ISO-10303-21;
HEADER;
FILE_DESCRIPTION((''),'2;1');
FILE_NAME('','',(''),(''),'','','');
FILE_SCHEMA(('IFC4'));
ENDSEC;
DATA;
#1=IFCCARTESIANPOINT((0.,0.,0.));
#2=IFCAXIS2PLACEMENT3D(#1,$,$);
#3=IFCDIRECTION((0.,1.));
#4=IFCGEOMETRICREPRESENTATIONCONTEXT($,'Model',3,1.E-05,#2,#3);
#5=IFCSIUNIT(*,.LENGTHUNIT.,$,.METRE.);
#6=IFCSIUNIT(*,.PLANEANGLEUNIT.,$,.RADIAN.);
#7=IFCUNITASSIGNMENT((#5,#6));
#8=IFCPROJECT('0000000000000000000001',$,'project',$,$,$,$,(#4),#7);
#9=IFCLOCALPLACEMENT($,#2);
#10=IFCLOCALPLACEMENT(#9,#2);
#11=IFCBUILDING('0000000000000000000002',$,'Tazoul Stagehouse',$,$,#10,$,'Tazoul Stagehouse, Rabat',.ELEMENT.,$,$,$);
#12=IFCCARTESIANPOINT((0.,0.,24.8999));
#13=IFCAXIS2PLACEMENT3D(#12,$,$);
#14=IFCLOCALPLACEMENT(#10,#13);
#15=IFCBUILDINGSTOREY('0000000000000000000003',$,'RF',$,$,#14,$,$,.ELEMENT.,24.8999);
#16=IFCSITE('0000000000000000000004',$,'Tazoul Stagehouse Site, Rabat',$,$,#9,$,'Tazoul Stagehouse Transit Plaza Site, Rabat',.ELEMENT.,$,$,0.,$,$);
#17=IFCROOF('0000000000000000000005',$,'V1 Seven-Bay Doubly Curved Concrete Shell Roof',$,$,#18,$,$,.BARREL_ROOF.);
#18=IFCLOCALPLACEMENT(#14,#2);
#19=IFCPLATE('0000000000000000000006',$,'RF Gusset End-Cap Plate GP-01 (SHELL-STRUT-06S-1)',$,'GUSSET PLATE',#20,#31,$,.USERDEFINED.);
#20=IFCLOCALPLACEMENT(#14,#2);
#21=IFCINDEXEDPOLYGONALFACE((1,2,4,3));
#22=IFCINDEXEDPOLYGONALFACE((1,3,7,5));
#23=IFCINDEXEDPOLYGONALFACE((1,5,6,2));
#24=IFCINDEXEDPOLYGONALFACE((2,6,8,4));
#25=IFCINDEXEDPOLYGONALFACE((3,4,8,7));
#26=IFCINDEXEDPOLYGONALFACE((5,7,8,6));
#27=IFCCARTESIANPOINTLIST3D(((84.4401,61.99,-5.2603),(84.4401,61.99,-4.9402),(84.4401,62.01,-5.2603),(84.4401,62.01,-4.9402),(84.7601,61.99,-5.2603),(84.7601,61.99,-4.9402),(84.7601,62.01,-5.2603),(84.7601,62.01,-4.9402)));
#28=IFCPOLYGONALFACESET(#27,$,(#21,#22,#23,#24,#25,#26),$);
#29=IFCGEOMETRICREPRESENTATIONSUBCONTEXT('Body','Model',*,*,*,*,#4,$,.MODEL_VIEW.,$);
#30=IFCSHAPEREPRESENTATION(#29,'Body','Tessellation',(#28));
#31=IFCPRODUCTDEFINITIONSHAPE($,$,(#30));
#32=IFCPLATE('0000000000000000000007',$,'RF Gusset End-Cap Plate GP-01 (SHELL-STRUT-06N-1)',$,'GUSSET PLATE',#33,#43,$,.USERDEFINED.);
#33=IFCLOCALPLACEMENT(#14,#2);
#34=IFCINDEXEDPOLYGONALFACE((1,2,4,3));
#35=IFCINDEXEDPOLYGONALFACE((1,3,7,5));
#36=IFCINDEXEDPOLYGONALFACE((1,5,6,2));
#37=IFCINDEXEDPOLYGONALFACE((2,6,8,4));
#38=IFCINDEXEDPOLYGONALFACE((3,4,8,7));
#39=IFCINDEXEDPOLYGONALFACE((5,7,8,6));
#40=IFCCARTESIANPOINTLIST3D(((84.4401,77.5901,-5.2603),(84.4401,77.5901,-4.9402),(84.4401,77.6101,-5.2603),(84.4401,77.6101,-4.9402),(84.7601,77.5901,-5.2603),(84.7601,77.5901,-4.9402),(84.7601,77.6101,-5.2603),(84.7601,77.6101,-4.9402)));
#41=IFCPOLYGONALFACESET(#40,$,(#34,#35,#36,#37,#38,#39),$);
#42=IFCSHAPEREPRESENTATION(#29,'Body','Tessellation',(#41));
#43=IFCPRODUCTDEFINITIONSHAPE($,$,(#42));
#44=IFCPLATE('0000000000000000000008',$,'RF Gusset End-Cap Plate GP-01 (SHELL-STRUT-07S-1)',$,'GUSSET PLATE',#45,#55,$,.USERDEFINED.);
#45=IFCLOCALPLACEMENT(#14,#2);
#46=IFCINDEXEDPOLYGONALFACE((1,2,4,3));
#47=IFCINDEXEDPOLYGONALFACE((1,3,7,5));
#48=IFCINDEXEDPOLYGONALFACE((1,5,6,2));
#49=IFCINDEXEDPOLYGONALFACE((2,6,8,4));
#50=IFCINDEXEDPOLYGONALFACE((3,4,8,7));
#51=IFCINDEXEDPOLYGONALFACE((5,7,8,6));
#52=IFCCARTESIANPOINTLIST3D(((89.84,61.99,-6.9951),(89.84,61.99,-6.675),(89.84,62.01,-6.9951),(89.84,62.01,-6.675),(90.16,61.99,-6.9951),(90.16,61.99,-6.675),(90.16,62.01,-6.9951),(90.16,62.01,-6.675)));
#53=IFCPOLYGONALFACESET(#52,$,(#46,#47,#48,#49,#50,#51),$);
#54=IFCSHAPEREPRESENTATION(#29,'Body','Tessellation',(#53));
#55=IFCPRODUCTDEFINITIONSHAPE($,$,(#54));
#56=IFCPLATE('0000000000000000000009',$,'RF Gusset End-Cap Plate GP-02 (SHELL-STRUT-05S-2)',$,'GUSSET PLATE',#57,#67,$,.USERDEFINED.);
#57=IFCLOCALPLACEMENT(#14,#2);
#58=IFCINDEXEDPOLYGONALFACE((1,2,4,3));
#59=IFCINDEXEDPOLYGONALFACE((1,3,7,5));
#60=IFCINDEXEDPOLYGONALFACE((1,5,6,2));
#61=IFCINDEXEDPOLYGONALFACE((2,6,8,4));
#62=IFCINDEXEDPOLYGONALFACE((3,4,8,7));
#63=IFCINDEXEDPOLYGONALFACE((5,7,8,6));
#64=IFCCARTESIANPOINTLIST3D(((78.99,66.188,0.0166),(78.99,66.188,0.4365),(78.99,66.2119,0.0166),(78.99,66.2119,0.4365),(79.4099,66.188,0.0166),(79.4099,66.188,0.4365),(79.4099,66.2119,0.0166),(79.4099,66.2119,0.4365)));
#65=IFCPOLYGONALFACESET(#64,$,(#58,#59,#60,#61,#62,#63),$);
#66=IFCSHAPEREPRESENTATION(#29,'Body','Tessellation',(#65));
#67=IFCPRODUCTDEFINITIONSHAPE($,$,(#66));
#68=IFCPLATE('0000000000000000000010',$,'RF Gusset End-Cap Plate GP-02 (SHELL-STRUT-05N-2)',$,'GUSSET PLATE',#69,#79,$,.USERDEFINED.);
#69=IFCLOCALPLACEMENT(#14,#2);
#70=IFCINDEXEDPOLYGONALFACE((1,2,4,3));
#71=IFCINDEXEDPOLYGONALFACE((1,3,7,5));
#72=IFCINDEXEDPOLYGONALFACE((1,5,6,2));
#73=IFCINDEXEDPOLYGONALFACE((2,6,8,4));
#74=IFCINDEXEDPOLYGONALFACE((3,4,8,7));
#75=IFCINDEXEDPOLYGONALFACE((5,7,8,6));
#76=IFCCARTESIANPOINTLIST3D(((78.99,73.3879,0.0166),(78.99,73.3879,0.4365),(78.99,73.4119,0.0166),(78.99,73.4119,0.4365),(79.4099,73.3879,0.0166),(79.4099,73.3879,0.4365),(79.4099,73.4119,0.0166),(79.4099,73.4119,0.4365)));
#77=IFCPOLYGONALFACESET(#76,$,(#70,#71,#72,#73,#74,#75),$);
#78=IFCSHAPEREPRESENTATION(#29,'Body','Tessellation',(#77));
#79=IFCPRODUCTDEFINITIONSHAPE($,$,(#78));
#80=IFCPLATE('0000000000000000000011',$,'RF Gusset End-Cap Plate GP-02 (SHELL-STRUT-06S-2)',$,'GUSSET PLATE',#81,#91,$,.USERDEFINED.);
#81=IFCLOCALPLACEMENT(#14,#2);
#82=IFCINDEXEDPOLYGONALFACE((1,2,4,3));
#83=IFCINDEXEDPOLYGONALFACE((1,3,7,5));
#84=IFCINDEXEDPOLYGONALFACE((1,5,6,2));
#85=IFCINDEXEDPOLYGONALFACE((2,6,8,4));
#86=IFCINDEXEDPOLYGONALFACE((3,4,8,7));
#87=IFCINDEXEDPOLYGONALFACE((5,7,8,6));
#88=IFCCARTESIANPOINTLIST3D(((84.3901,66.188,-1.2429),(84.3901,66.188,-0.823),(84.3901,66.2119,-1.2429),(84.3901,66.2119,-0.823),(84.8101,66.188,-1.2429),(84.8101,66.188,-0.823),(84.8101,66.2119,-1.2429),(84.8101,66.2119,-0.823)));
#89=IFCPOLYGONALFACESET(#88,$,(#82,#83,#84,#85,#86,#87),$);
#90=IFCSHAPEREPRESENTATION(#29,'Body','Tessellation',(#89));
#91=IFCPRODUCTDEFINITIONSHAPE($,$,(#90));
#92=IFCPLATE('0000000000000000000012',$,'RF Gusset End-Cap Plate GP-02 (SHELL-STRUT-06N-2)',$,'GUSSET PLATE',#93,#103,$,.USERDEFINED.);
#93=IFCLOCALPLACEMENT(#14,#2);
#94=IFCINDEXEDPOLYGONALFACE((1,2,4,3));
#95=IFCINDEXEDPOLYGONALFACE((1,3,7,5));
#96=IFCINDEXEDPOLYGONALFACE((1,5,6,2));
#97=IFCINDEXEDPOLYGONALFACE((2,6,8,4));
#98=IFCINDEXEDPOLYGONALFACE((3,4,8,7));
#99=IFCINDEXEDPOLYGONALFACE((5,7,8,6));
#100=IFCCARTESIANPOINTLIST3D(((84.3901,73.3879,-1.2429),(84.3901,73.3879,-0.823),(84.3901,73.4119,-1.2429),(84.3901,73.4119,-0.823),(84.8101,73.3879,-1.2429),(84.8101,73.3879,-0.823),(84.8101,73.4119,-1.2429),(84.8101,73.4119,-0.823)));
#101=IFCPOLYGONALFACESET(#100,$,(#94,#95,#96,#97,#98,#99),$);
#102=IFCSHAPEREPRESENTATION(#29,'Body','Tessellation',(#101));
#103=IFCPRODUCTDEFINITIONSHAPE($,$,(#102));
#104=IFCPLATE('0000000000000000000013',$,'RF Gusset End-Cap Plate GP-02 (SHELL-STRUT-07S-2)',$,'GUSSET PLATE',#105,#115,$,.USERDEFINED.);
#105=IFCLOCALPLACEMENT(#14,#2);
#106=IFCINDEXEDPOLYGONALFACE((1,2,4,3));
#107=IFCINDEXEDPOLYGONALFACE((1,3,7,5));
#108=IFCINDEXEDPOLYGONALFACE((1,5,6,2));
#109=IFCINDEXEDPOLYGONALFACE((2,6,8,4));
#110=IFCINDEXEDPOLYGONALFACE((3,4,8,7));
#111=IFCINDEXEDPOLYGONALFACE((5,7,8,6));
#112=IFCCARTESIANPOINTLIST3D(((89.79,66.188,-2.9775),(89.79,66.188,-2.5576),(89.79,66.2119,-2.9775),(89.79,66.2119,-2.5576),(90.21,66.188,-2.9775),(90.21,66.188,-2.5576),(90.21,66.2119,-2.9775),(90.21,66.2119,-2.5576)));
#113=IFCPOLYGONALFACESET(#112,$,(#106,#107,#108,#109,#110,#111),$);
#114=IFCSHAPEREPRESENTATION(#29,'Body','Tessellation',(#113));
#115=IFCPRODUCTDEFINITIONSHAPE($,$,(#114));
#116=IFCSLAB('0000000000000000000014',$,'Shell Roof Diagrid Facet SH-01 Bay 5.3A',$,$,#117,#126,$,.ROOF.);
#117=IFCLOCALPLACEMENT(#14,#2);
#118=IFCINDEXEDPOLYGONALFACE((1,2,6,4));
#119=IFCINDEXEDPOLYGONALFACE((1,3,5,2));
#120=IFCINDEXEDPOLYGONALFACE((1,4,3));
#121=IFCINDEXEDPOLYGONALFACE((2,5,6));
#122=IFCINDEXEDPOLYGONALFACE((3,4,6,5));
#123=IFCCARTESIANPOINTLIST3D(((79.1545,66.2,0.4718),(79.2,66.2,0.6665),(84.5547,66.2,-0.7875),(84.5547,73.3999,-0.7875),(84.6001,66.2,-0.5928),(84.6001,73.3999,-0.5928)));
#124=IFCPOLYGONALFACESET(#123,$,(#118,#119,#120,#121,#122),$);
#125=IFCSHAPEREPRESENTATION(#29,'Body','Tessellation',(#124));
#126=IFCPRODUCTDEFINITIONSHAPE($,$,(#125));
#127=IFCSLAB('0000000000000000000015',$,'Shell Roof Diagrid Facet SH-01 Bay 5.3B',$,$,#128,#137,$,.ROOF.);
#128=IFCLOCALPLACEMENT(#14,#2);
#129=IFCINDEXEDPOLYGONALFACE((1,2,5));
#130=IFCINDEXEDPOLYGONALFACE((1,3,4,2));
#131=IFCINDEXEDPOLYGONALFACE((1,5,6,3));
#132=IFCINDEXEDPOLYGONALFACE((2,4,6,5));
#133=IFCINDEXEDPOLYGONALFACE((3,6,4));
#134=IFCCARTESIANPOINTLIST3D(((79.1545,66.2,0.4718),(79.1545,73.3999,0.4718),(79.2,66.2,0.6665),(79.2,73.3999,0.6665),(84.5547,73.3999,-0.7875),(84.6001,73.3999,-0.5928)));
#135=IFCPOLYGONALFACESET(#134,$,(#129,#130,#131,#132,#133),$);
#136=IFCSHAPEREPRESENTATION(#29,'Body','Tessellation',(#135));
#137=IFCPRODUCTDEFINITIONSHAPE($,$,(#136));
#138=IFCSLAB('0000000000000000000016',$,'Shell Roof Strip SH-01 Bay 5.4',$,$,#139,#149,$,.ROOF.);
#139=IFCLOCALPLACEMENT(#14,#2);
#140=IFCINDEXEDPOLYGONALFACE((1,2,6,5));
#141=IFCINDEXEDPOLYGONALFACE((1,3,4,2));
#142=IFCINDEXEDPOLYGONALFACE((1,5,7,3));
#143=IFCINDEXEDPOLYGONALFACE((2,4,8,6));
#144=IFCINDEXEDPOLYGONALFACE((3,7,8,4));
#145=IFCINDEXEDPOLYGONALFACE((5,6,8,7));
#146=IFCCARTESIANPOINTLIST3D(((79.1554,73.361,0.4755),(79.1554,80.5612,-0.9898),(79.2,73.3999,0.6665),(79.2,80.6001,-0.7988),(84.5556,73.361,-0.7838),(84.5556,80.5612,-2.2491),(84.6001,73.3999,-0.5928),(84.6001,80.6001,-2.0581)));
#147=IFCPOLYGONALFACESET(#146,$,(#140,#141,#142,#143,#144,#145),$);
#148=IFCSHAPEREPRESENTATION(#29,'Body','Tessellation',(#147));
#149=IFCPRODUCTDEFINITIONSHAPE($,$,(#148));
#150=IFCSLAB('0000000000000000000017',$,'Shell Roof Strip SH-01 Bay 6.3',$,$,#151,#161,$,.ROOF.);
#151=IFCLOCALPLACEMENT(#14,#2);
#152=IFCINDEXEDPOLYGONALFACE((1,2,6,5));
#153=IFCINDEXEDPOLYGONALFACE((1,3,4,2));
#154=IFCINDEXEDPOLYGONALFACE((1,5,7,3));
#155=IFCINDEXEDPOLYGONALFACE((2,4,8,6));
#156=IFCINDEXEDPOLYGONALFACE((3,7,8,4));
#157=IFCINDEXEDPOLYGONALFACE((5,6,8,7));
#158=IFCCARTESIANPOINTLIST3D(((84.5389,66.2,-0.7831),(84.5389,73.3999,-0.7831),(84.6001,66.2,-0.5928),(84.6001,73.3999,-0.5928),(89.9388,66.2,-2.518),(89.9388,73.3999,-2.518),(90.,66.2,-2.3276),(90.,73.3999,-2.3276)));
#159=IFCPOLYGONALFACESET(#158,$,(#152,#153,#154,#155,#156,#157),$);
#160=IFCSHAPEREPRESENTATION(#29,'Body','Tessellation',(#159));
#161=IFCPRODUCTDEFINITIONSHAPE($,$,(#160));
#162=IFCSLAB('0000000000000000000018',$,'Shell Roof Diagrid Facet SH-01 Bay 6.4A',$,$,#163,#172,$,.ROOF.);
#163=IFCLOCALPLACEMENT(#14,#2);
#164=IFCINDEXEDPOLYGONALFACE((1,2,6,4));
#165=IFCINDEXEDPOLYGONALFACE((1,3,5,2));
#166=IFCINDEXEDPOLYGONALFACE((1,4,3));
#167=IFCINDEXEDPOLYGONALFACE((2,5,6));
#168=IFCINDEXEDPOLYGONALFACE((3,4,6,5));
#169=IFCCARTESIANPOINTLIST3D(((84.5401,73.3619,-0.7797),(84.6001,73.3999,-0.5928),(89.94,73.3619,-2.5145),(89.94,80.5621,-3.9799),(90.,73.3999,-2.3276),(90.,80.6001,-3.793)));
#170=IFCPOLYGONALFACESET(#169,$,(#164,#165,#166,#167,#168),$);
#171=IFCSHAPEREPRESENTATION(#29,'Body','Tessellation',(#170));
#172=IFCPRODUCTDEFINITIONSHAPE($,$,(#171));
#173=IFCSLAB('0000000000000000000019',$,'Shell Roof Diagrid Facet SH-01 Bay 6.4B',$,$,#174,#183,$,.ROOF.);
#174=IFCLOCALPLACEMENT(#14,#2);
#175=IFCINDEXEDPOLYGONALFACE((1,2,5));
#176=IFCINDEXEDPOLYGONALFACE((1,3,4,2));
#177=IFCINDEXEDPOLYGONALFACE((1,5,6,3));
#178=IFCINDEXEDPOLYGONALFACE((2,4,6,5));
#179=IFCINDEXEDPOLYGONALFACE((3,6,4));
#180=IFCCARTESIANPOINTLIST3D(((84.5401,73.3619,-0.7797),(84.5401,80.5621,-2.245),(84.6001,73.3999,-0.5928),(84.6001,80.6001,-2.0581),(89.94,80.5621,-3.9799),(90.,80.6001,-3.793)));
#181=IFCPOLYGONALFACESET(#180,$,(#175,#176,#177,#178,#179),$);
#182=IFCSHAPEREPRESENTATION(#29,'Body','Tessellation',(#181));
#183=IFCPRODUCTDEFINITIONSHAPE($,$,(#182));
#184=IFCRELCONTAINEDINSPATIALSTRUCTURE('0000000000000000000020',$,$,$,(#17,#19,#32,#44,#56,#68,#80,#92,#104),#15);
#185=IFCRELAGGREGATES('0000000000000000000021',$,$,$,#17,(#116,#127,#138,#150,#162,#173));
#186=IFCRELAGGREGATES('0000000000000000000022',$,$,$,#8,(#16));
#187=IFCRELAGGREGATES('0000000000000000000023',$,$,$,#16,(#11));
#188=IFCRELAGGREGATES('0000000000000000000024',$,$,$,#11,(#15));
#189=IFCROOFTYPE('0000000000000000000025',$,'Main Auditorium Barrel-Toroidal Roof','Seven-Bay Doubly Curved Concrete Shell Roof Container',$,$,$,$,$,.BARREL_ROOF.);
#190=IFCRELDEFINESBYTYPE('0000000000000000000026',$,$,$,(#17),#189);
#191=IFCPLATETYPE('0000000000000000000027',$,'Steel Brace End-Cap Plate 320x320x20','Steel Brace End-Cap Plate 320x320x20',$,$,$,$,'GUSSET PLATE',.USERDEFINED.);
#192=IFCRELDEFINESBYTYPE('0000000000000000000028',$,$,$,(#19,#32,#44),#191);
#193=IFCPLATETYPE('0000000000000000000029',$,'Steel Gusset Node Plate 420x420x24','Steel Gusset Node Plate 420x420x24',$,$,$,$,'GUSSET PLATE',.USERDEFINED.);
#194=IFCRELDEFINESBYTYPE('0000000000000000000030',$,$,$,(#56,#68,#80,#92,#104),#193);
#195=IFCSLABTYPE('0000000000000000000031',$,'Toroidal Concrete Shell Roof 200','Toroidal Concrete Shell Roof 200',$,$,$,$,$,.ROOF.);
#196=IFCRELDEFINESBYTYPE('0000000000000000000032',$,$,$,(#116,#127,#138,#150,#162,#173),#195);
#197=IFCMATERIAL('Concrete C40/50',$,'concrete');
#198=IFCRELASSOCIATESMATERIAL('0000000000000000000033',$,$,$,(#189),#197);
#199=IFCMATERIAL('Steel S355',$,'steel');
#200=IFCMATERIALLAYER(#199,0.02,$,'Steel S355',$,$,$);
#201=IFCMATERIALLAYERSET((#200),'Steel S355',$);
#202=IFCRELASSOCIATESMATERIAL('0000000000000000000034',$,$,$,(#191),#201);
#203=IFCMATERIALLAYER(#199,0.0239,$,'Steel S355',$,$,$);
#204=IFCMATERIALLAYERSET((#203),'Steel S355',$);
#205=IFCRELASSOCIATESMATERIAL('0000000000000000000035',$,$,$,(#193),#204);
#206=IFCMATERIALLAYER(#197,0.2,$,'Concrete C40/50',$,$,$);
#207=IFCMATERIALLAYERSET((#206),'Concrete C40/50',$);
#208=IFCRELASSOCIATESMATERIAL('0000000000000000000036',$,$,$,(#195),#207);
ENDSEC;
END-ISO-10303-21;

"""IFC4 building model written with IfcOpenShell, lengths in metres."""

from ifc_helpers import new_model, si_unit, direction, frame, origin, origin_2d, place, context, subcontext, project, spatial, polyline, rectangle, outline, extrude, material, layer, layer_set, type_object, element, aggregate, save


model = new_model("IFC4")

# Units and contexts
model_context = context("Model", 3, precision=1e-05, world=origin(), true_north=direction((0.0, 1.0)))
body_context = subcontext(model_context, "Body", "Model", "MODEL_VIEW")
ifc_project = project(units=[si_unit("LENGTHUNIT", "METRE"), si_unit("PLANEANGLEUNIT", "RADIAN")], contexts=[model_context])

# Site, building, storey
site_placement = place(None, origin())
site = spatial("IfcSite", under=ifc_project, at=site_placement, Name="Tazoul Stagehouse Site, Rabat", LongName="Tazoul Stagehouse Transit Plaza Site, Rabat", CompositionType="ELEMENT", RefElevation=0.0)
building_placement = place(site_placement, origin())
building = spatial("IfcBuilding", under=site, at=building_placement, Name="Tazoul Stagehouse", LongName="Tazoul Stagehouse, Rabat", CompositionType="ELEMENT")
storey_placement = place(building_placement, frame((0.0, 0.0, 24.8999)))
storey = spatial("IfcBuildingStorey", under=building, at=storey_placement, Name="RF", CompositionType="ELEMENT", Elevation=24.8999)

# Shared definitions
ifc_material_1 = material(Name="Concrete C40/50", Category="concrete")

# Shared definitions
ifc_material_2 = material(Name="Steel S355", Category="steel")

# Roof
roof_type = type_object("IfcRoofType", Name="Main Auditorium Barrel-Toroidal Roof", Description="Seven-Bay Doubly Curved Concrete Shell Roof Container", PredefinedType="BARREL_ROOF", material=ifc_material_1)
roof_placement = place(storey_placement, origin())
roof = element("IfcRoof", 1, at=roof_placement, inside=storey, type_object=roof_type, Name="V1 Seven-Bay Doubly Curved Concrete Shell Roof", PredefinedType="BARREL_ROOF")

# Plates
ifc_layer_1 = layer(ifc_material_2, 0.02, Name="Steel S355")
ifc_layer_set_1 = layer_set([ifc_layer_1], Name="Steel S355")
plate_type_1 = type_object("IfcPlateType", Name="Steel Brace End-Cap Plate 320x320x20", Description="Steel Brace End-Cap Plate 320x320x20", ElementType="GUSSET PLATE", PredefinedType="USERDEFINED", material=ifc_layer_set_1)
for number, where, z_axis, x_axis, name in (
    (2, (84.6001, 62.0, -5.2603), (0.0, 0.0, 1.0), (0.0, 1.0, 0.0), "RF Gusset End-Cap Plate GP-01 (SHELL-STRUT-06S-1)"),
    (3, (84.6001, 77.6001, -5.2603), (0.0, 0.0, 1.0), (0.0, -1.0, 0.0), "RF Gusset End-Cap Plate GP-01 (SHELL-STRUT-06N-1)"),
    (4, (90.0, 62.0, -6.9951), (0.0, 0.0, 1.0), (0.0, 1.0, 0.0), "RF Gusset End-Cap Plate GP-01 (SHELL-STRUT-07S-1)"),
):
    element("IfcPlate", number, at=place(storey_placement, frame(where, z_axis=z_axis, x_axis=x_axis)), inside=storey, type_object=plate_type_1, Name=name, ObjectType="GUSSET PLATE", PredefinedType="USERDEFINED", context=body_context, shape_type="SweptSolid", body=[
        extrude(rectangle(XDim=0.02, YDim=0.3201, at=origin_2d()), origin(), (0.0, 0.0, 1.0), 0.3201),
    ])
ifc_layer_2 = layer(ifc_material_2, 0.0239, Name="Steel S355")
ifc_layer_set_2 = layer_set([ifc_layer_2], Name="Steel S355")
plate_type_2 = type_object("IfcPlateType", Name="Steel Gusset Node Plate 420x420x24", Description="Steel Gusset Node Plate 420x420x24", ElementType="GUSSET PLATE", PredefinedType="USERDEFINED", material=ifc_layer_set_2)
for number, where, z_axis, x_axis, name in (
    (5, (79.2, 66.2, 0.0166), (0.0, 0.0, 1.0), (0.0, 1.0, 0.0), "RF Gusset End-Cap Plate GP-02 (SHELL-STRUT-05S-2)"),
    (6, (79.2, 73.3999, 0.0166), (0.0, 0.0, 1.0), (0.0, -1.0, 0.0), "RF Gusset End-Cap Plate GP-02 (SHELL-STRUT-05N-2)"),
    (7, (84.6001, 66.2, -1.2429), (0.0, 0.0, 1.0), (0.0, 1.0, 0.0), "RF Gusset End-Cap Plate GP-02 (SHELL-STRUT-06S-2)"),
    (8, (84.6001, 73.3999, -1.2429), (0.0, 0.0, 1.0), (0.0, -1.0, 0.0), "RF Gusset End-Cap Plate GP-02 (SHELL-STRUT-06N-2)"),
    (9, (90.0, 66.2, -2.9775), (0.0, 0.0, 1.0), (0.0, 1.0, 0.0), "RF Gusset End-Cap Plate GP-02 (SHELL-STRUT-07S-2)"),
):
    element("IfcPlate", number, at=place(storey_placement, frame(where, z_axis=z_axis, x_axis=x_axis)), inside=storey, type_object=plate_type_2, Name=name, ObjectType="GUSSET PLATE", PredefinedType="USERDEFINED", context=body_context, shape_type="SweptSolid", body=[
        extrude(rectangle(XDim=0.0239, YDim=0.4199, at=origin_2d()), origin(), (0.0, 0.0, 1.0), 0.4199),
    ])

# Slabs
ifc_layer_3 = layer(ifc_material_1, 0.2, Name="Concrete C40/50")
ifc_layer_set_3 = layer_set([ifc_layer_3], Name="Concrete C40/50")
slab_type_1 = type_object("IfcSlabType", Name="Toroidal Concrete Shell Roof 200", Description="Toroidal Concrete Shell Roof 200", PredefinedType="ROOF", material=ifc_layer_set_3)
slab_1_placement = place(storey_placement, frame((79.2, 66.2, 0.6665), z_axis=(0.2271, 0.0, 0.973871), x_axis=(0.973871, 0.0, -0.2271)))
slab_1 = element("IfcSlab", 10, at=slab_1_placement, type_object=slab_type_1, Name="Shell Roof Diagrid Facet SH-01 Bay 5.3A", PredefinedType="ROOF", context=body_context, shape_type="SweptSolid", body=[
    extrude(outline(polyline([(0.0, 0.0), (5.545, 0.0), (5.545, 7.2), (0.0, 0.0)])), origin(), (0.0, 0.0, -1.0), 0.2),
])
slab_2_placement = place(storey_placement, frame((79.2, 66.2, 0.6665), z_axis=(0.2271, 0.0, 0.973871), x_axis=(0.594225, 0.792273, -0.138569)))
slab_2 = element("IfcSlab", 11, at=slab_2_placement, type_object=slab_type_1, Name="Shell Roof Diagrid Facet SH-01 Bay 5.3B", PredefinedType="ROOF", context=body_context, shape_type="SweptSolid", body=[
    extrude(outline(polyline([(0.0, 0.0), (9.0877, 0.0), (5.7043, 4.3932), (0.0, 0.0)])), origin(), (0.0, 0.0, -1.0), 0.2),
])
slab_3_placement = place(storey_placement, frame((79.2, 73.3999, 0.6665), z_axis=(0.222767, 0.194414, 0.95529), x_axis=(0.973871, 0.0, -0.2271)))
slab_3 = element("IfcSlab", 12, at=slab_3_placement, type_object=slab_type_1, Name="Shell Roof Strip SH-01 Bay 5.4", PredefinedType="ROOF", context=body_context, shape_type="SweptSolid", body=[
    extrude(outline(polyline([(0.0, 0.0), (5.545, 0.0), (5.8778, 7.3402), (0.3328, 7.3402), (0.0, 0.0)])), origin(), (0.0, 0.0, -1.0), 0.2),
])
slab_4_placement = place(storey_placement, frame((84.6001, 66.2, -0.5928), z_axis=(0.305878, 0.0, 0.952071), x_axis=(0.952071, 0.0, -0.305878)))
slab_4 = element("IfcSlab", 13, at=slab_4_placement, type_object=slab_type_1, Name="Shell Roof Strip SH-01 Bay 6.3", PredefinedType="ROOF", context=body_context, shape_type="SweptSolid", body=[
    extrude(outline(polyline([(0.0, 0.0), (5.6717, 0.0), (5.6717, 7.2), (0.0, 7.2), (0.0, 0.0)])), origin(), (0.0, 0.0, -1.0), 0.2),
])
slab_5_placement = place(storey_placement, frame((84.6001, 73.3999, -0.5928), z_axis=(0.300293, 0.190221, 0.934687), x_axis=(0.952071, 0.0, -0.305878)))
slab_5 = element("IfcSlab", 14, at=slab_5_placement, type_object=slab_type_1, Name="Shell Roof Diagrid Facet SH-01 Bay 6.4A", PredefinedType="ROOF", context=body_context, shape_type="SweptSolid", body=[
    extrude(outline(polyline([(0.0, 0.0), (5.6717, 0.0), (6.12, 7.3341), (0.0, 0.0)])), origin(), (0.0, 0.0, -1.0), 0.2),
])
slab_6_placement = place(storey_placement, frame((84.6001, 73.3999, -0.5928), z_axis=(0.300293, 0.190221, 0.934687), x_axis=(0.565309, 0.75378, -0.335025)))
slab_6 = element("IfcSlab", 15, at=slab_6_placement, type_object=slab_type_1, Name="Shell Roof Diagrid Facet SH-01 Bay 6.4B", PredefinedType="ROOF", context=body_context, shape_type="SweptSolid", body=[
    extrude(outline(polyline([(0.0, 0.0), (9.5521, 0.0), (5.9183, 4.3548), (0.0, 0.0)])), origin(), (0.0, 0.0, -1.0), 0.2),
])
aggregate(roof, [slab_1, slab_2, slab_3, slab_4, slab_5, slab_6])

save(model, "model.ifc")
